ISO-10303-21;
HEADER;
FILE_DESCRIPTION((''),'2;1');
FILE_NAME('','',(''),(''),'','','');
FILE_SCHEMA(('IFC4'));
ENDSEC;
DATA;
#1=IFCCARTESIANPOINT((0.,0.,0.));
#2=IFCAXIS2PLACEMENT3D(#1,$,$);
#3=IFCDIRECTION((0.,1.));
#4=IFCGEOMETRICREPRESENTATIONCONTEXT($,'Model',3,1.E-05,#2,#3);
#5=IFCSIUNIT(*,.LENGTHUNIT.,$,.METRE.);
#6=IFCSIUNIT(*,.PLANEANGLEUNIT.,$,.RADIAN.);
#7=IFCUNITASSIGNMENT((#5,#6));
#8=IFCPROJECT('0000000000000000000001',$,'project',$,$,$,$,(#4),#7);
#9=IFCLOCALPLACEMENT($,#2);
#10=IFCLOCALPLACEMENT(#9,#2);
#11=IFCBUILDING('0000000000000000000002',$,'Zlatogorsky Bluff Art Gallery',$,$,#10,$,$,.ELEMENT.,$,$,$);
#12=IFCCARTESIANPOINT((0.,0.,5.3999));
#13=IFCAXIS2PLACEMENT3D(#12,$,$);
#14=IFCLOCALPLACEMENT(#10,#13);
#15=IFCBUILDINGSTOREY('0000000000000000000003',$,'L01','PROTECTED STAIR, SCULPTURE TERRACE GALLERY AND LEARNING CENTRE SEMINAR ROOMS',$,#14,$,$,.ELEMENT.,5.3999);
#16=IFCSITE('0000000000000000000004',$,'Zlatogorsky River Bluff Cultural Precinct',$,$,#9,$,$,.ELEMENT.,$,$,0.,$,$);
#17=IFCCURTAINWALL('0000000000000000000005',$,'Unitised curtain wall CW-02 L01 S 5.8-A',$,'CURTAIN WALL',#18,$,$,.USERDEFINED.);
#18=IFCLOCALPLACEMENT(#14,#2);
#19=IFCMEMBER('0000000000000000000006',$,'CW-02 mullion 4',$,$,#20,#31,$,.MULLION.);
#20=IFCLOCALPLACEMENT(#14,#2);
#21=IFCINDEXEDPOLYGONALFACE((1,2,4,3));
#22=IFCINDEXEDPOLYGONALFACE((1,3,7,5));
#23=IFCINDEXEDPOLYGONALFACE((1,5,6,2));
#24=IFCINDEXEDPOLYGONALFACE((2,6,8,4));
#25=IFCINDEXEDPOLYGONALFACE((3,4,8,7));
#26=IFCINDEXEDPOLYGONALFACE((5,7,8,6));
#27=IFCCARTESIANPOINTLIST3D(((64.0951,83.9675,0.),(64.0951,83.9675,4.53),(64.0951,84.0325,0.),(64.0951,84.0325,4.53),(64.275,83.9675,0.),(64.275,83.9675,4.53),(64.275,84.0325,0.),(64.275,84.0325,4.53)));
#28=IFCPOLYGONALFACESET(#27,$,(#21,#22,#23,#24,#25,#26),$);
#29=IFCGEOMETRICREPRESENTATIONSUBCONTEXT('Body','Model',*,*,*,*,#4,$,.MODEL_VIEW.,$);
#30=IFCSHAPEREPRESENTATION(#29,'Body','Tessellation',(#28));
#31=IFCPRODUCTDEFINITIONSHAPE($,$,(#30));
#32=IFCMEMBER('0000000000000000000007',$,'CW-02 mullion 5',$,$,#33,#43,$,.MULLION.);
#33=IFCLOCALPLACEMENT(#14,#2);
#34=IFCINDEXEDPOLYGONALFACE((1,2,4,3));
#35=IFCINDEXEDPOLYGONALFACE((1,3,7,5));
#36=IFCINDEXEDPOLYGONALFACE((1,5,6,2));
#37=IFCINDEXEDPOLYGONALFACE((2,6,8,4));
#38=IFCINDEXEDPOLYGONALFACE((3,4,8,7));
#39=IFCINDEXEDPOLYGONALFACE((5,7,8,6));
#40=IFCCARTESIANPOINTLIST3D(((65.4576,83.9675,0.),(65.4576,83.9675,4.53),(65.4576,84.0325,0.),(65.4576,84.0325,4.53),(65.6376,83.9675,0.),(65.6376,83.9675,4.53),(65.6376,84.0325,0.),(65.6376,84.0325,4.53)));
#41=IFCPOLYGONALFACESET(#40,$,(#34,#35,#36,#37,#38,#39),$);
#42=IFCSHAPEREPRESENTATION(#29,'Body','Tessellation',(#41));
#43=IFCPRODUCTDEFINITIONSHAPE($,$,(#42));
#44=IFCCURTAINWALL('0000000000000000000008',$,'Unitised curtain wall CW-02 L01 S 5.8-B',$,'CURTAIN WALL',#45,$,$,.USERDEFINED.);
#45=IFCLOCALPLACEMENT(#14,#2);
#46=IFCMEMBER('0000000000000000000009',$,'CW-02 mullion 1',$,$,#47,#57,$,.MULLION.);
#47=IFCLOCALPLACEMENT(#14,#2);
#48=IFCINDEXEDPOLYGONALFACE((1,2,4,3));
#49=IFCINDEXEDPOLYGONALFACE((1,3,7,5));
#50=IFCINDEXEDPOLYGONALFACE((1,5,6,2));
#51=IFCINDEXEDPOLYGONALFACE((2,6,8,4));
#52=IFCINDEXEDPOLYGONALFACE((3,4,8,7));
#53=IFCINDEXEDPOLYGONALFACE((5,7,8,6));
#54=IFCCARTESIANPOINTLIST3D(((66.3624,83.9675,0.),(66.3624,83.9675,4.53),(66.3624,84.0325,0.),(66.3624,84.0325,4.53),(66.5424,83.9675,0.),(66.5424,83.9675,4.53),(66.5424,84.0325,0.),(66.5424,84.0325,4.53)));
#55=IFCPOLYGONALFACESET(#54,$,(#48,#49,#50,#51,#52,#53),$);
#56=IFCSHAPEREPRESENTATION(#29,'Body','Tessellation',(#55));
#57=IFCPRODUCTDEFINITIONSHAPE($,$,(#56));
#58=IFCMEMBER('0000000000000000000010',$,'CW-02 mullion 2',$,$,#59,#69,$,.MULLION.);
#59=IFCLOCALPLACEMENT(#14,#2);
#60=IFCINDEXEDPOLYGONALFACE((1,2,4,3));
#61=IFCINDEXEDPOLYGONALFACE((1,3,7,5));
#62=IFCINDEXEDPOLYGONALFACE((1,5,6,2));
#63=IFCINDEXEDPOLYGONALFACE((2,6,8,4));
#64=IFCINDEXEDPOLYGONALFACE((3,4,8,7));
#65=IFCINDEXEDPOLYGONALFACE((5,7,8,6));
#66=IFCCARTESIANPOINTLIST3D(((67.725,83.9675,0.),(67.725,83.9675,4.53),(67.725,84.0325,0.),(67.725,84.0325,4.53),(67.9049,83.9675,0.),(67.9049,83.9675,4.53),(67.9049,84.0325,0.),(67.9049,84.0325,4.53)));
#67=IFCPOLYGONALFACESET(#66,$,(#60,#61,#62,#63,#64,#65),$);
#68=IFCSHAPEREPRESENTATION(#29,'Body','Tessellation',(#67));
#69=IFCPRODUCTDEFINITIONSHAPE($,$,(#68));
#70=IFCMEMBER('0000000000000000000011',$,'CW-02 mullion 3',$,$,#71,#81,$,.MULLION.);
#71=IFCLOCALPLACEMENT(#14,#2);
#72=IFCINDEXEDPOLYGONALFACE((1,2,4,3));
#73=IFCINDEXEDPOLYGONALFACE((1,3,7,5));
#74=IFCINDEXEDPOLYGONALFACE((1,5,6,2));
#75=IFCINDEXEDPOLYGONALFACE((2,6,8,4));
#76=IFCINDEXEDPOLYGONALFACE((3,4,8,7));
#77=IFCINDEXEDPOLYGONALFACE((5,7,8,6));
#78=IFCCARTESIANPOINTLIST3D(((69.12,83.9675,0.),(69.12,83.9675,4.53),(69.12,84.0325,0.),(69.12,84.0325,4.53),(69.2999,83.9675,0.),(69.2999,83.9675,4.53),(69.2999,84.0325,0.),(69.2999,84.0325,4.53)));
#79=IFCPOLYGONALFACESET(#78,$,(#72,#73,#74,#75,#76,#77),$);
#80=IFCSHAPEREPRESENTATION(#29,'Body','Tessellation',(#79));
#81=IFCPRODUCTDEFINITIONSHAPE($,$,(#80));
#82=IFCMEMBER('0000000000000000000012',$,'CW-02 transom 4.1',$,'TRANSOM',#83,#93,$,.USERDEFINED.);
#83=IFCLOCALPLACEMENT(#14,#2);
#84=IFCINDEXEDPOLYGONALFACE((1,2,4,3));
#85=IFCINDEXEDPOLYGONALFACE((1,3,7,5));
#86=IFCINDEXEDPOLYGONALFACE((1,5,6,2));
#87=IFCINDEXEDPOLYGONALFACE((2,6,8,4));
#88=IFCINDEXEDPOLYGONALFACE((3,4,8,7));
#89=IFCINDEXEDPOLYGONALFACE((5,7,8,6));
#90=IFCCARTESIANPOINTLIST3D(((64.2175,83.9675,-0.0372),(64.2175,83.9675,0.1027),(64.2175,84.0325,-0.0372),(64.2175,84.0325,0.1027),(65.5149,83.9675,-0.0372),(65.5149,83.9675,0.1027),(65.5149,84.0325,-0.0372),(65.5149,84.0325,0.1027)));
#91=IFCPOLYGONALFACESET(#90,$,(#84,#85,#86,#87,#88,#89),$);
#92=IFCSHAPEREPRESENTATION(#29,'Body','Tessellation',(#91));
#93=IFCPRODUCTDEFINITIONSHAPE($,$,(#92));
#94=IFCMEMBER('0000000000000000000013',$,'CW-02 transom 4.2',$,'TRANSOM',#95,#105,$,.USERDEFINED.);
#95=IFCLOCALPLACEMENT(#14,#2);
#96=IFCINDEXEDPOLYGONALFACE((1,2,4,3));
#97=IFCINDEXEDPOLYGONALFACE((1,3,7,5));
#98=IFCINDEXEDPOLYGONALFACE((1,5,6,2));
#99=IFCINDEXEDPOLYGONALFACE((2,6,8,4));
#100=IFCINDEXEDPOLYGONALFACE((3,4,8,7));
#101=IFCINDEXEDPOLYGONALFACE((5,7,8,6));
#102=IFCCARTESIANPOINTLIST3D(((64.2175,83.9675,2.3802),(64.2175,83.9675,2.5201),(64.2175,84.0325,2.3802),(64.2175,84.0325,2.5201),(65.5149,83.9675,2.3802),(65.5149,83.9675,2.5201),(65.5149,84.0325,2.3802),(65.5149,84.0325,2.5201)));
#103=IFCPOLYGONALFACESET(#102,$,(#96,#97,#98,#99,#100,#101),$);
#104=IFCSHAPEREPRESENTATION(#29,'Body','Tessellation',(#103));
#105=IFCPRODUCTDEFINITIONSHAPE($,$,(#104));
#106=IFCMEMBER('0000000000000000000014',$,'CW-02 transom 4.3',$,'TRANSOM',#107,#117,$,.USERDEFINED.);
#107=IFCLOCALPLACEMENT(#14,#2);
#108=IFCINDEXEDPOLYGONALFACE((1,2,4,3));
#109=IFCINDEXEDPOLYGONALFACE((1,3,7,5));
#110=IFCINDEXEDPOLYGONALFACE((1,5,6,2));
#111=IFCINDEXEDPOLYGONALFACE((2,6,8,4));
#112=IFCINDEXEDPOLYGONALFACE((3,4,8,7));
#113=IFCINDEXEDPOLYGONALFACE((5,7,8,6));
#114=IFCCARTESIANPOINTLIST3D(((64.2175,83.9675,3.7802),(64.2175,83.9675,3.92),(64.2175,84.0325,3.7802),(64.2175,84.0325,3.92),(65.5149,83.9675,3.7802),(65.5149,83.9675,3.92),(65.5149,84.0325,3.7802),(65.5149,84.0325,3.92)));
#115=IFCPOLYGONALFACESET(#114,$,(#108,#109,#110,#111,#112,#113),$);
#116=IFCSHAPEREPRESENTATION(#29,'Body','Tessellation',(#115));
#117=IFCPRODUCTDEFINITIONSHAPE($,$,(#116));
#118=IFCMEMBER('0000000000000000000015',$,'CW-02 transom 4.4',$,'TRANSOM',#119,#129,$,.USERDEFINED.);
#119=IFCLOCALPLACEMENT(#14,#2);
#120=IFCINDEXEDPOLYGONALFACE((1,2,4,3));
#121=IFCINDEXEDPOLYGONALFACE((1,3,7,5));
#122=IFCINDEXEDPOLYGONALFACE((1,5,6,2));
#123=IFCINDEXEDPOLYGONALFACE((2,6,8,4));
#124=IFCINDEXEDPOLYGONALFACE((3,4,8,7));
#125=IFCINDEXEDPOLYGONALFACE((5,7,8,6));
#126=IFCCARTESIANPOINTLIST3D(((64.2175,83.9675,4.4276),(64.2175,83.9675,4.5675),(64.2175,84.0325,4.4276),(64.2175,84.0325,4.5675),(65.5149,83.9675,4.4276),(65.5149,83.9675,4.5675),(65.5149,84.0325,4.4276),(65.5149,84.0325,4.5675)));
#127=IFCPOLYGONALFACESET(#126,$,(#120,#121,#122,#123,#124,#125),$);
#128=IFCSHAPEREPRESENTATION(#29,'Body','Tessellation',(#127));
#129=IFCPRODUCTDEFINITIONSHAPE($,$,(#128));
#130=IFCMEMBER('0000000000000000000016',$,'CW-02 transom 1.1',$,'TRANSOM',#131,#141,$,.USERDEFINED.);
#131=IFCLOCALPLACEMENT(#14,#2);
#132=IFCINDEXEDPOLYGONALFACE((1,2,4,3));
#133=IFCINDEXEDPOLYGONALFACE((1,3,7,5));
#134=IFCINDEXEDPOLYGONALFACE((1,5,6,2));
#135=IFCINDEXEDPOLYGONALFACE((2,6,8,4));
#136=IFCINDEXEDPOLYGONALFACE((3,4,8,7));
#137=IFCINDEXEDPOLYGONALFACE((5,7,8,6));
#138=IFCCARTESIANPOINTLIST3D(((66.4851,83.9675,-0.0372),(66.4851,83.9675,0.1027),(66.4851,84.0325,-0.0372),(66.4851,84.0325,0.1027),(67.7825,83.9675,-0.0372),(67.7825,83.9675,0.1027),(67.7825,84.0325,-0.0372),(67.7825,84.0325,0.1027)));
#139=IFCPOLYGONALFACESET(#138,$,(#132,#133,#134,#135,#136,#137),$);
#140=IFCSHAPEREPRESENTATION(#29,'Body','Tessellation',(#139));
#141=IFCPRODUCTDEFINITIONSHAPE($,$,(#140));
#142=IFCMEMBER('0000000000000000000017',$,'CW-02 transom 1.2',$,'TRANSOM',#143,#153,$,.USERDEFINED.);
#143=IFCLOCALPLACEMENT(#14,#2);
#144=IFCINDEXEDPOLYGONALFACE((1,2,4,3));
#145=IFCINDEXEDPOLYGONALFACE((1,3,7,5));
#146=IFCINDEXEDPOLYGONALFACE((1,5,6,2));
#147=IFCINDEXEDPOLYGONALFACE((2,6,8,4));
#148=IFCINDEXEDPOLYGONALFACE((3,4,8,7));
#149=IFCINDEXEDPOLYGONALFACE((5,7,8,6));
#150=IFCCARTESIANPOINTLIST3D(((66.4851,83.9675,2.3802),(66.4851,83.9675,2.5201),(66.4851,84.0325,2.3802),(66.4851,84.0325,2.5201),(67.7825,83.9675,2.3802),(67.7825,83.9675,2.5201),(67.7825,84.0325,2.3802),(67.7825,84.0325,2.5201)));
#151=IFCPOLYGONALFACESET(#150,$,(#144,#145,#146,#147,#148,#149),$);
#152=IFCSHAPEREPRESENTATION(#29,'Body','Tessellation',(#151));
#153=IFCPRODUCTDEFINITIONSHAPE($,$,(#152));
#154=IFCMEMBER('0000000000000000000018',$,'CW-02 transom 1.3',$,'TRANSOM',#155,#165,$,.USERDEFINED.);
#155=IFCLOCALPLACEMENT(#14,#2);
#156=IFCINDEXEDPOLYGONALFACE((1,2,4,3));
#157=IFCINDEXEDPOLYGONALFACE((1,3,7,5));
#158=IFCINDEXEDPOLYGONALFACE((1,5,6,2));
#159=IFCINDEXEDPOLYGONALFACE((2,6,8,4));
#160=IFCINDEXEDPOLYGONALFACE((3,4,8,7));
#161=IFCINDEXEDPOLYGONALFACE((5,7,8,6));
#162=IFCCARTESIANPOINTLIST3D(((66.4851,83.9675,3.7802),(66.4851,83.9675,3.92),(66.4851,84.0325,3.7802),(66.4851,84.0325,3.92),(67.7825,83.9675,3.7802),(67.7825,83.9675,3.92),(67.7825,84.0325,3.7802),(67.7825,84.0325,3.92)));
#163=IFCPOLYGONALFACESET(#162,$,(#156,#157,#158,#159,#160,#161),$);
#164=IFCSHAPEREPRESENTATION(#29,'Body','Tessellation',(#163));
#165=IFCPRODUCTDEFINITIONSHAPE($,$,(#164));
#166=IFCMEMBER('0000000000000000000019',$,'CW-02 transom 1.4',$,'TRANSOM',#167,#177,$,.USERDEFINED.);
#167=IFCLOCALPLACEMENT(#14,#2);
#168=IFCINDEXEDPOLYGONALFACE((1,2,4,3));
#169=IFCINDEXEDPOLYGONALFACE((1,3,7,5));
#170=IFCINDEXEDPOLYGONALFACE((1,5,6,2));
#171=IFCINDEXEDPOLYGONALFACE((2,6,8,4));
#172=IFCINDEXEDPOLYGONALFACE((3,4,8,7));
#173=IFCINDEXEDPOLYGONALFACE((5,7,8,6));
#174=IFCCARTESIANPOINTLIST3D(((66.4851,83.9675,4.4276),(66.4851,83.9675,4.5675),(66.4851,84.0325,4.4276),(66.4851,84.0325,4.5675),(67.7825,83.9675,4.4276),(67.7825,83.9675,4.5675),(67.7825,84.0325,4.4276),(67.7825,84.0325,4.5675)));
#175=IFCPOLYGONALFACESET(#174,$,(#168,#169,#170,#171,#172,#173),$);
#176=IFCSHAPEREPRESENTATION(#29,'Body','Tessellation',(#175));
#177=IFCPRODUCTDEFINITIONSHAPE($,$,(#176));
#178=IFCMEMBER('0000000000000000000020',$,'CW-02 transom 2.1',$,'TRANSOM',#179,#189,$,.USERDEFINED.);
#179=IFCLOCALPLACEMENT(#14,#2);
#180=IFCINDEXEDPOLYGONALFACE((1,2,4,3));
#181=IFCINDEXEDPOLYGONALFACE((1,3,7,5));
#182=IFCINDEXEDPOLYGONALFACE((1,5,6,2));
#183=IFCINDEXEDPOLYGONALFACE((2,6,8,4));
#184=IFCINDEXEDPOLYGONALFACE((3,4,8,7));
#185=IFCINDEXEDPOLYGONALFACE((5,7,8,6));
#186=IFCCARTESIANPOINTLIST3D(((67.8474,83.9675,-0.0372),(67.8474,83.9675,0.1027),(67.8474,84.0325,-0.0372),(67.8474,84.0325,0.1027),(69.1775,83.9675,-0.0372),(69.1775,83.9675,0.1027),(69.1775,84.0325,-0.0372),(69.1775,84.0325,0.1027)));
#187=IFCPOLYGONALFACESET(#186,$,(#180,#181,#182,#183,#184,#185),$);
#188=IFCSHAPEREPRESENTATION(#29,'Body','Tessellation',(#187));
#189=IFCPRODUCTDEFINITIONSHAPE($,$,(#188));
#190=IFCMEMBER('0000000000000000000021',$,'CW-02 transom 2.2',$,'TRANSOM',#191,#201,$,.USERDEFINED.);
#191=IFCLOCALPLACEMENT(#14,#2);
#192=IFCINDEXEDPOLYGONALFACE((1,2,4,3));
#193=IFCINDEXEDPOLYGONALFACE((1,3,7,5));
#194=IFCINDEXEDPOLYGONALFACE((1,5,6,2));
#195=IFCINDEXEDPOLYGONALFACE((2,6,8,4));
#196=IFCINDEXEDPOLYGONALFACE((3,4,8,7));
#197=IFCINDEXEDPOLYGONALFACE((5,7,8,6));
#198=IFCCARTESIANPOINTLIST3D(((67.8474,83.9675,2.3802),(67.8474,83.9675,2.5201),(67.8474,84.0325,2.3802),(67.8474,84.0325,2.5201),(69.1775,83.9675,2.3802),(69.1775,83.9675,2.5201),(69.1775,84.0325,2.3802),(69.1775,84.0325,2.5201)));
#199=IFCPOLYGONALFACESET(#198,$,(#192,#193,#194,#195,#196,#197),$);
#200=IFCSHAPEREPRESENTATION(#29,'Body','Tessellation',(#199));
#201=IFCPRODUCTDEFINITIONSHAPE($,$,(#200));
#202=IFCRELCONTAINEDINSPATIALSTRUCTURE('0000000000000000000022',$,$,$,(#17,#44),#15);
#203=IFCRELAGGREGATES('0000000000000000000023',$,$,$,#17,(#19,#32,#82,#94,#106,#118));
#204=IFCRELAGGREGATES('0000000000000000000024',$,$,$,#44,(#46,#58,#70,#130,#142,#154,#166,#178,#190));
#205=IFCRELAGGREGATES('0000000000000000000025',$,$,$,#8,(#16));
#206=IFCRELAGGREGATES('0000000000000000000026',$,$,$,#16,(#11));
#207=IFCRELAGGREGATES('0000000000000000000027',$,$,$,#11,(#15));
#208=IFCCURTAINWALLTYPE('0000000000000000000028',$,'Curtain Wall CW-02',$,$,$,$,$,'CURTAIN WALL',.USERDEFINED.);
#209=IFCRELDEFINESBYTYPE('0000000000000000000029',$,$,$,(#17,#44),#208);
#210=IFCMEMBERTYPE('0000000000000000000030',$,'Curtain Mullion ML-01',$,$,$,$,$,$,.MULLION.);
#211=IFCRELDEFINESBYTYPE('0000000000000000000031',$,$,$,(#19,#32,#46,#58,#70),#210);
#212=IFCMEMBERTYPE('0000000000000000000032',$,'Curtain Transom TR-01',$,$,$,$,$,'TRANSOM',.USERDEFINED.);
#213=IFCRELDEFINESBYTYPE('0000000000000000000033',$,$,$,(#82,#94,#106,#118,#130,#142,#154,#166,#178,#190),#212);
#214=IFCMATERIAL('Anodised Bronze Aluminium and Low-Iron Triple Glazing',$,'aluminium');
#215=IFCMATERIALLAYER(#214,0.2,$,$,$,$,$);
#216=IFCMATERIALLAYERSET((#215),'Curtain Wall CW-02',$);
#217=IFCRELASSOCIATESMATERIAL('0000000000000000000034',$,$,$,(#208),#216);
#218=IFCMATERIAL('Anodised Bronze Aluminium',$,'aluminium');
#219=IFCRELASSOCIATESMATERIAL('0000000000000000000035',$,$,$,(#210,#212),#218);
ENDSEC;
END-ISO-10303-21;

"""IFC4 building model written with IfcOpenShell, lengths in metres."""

from ifc_helpers import new_model, si_unit, direction, frame, origin, origin_2d, place, context, subcontext, project, spatial, rectangle, extrude, material, layer, layer_set, material_profile, profile_set, type_object, element, aggregate, save


model = new_model("IFC4")

# Units and contexts
model_context = context("Model", 3, precision=1e-05, world=origin(), true_north=direction((0.0, 1.0)))
body_context = subcontext(model_context, "Body", "Model", "MODEL_VIEW")
ifc_project = project(units=[si_unit("LENGTHUNIT", "METRE"), si_unit("PLANEANGLEUNIT", "RADIAN")], contexts=[model_context])

# Site, building, storey
site_placement = place(None, origin())
site = spatial("IfcSite", under=ifc_project, at=site_placement, Name="Zlatogorsky River Bluff Cultural Precinct", CompositionType="ELEMENT", RefElevation=0.0)
building_placement = place(site_placement, origin())
building = spatial("IfcBuilding", under=site, at=building_placement, Name="Zlatogorsky Bluff Art Gallery", CompositionType="ELEMENT")
storey_placement = place(building_placement, frame((0.0, 0.0, 5.3999)))
storey = spatial("IfcBuildingStorey", under=building, at=storey_placement, Name="L01", Description="PROTECTED STAIR, SCULPTURE TERRACE GALLERY AND LEARNING CENTRE SEMINAR ROOMS", CompositionType="ELEMENT", Elevation=5.3999)

# Curtain walls, members
ifc_material_1 = material(Name="Anodised Bronze Aluminium and Low-Iron Triple Glazing", Category="aluminium")
ifc_layer_1 = layer(ifc_material_1, 0.2)
ifc_layer_set_1 = layer_set([ifc_layer_1], Name="Curtain Wall CW-02")
curtain_wall_type = type_object("IfcCurtainWallType", Name="Curtain Wall CW-02", ElementType="CURTAIN WALL", PredefinedType="USERDEFINED", material=ifc_layer_set_1)
curtain_wall_1_placement = place(storey_placement, origin())
curtain_wall_1 = element("IfcCurtainWall", 1, at=curtain_wall_1_placement, inside=storey, type_object=curtain_wall_type, Name="Unitised curtain wall CW-02 L01 S 5.8-A", ObjectType="CURTAIN WALL", PredefinedType="USERDEFINED")
ifc_material_2 = material(Name="Anodised Bronze Aluminium", Category="aluminium")
ifc_material_profile_1 = material_profile(ifc_material_2, rectangle(XDim=0.0649, YDim=0.1799, at=origin_2d()), Name="ALU MULLION 65x180")
ifc_profile_set_1 = profile_set([ifc_material_profile_1], Name="Anodised Bronze Aluminium")
member_type_1 = type_object("IfcMemberType", Name="Curtain Mullion ML-01", PredefinedType="MULLION", material=ifc_profile_set_1)
member_1_placement = place(storey_placement, frame((64.1851, 84.0, 0.0), z_axis=(0.0, 0.0, 1.0), x_axis=(0.0, 1.0, 0.0)))
member_1 = element("IfcMember", 2, at=member_1_placement, type_object=member_type_1, Name="CW-02 mullion 4", PredefinedType="MULLION", context=body_context, shape_type="SweptSolid", body=[
    extrude(rectangle(XDim=0.0649, YDim=0.1799, at=origin_2d()), origin(), (0.0, 0.0, 1.0), 4.53),
])
member_2_placement = place(storey_placement, frame((65.5476, 84.0, 0.0), z_axis=(0.0, 0.0, 1.0), x_axis=(0.0, 1.0, 0.0)))
member_2 = element("IfcMember", 3, at=member_2_placement, type_object=member_type_1, Name="CW-02 mullion 5", PredefinedType="MULLION", context=body_context, shape_type="SweptSolid", body=[
    extrude(rectangle(XDim=0.0649, YDim=0.1799, at=origin_2d()), origin(), (0.0, 0.0, 1.0), 4.53),
])
curtain_wall_2_placement = place(storey_placement, origin())
curtain_wall_2 = element("IfcCurtainWall", 4, at=curtain_wall_2_placement, inside=storey, type_object=curtain_wall_type, Name="Unitised curtain wall CW-02 L01 S 5.8-B", ObjectType="CURTAIN WALL", PredefinedType="USERDEFINED")
member_3_placement = place(storey_placement, frame((66.4524, 84.0, 0.0), z_axis=(0.0, 0.0, 1.0), x_axis=(0.0, 1.0, 0.0)))
member_3 = element("IfcMember", 5, at=member_3_placement, type_object=member_type_1, Name="CW-02 mullion 1", PredefinedType="MULLION", context=body_context, shape_type="SweptSolid", body=[
    extrude(rectangle(XDim=0.0649, YDim=0.1799, at=origin_2d()), origin(), (0.0, 0.0, 1.0), 4.53),
])
member_4_placement = place(storey_placement, frame((67.8149, 84.0, 0.0), z_axis=(0.0, 0.0, 1.0), x_axis=(0.0, 1.0, 0.0)))
member_4 = element("IfcMember", 6, at=member_4_placement, type_object=member_type_1, Name="CW-02 mullion 2", PredefinedType="MULLION", context=body_context, shape_type="SweptSolid", body=[
    extrude(rectangle(XDim=0.0649, YDim=0.1799, at=origin_2d()), origin(), (0.0, 0.0, 1.0), 4.53),
])
member_5_placement = place(storey_placement, frame((69.21, 84.0, 0.0), z_axis=(0.0, 0.0, 1.0), x_axis=(0.0, 1.0, 0.0)))
member_5 = element("IfcMember", 7, at=member_5_placement, type_object=member_type_1, Name="CW-02 mullion 3", PredefinedType="MULLION", context=body_context, shape_type="SweptSolid", body=[
    extrude(rectangle(XDim=0.0649, YDim=0.1799, at=origin_2d()), origin(), (0.0, 0.0, 1.0), 4.53),
])

# Members
ifc_material_profile_2 = material_profile(ifc_material_2, rectangle(XDim=0.0649, YDim=0.1399, at=origin_2d()), Name="ALU TRANSOM 65x140")
ifc_profile_set_2 = profile_set([ifc_material_profile_2], Name="Anodised Bronze Aluminium")
member_type_2 = type_object("IfcMemberType", Name="Curtain Transom TR-01", ElementType="TRANSOM", PredefinedType="USERDEFINED", material=ifc_profile_set_2)
member_6_placement = place(storey_placement, frame((64.2175, 84.0, 0.0327), z_axis=(1.0, 0.0, 0.0), x_axis=(0.0, 1.0, 0.0)))
member_6 = element("IfcMember", 8, at=member_6_placement, type_object=member_type_2, Name="CW-02 transom 4.1", ObjectType="TRANSOM", PredefinedType="USERDEFINED", context=body_context, shape_type="SweptSolid", body=[
    extrude(rectangle(XDim=0.0649, YDim=0.1399, at=origin_2d()), origin(), (0.0, 0.0, 1.0), 1.2974),
])
member_7_placement = place(storey_placement, frame((64.2175, 84.0, 2.4502), z_axis=(1.0, 0.0, 0.0), x_axis=(0.0, 1.0, 0.0)))
member_7 = element("IfcMember", 9, at=member_7_placement, type_object=member_type_2, Name="CW-02 transom 4.2", ObjectType="TRANSOM", PredefinedType="USERDEFINED", context=body_context, shape_type="SweptSolid", body=[
    extrude(rectangle(XDim=0.0649, YDim=0.1399, at=origin_2d()), origin(), (0.0, 0.0, 1.0), 1.2974),
])
member_8_placement = place(storey_placement, frame((64.2175, 84.0, 3.8501), z_axis=(1.0, 0.0, 0.0), x_axis=(0.0, 1.0, 0.0)))
member_8 = element("IfcMember", 10, at=member_8_placement, type_object=member_type_2, Name="CW-02 transom 4.3", ObjectType="TRANSOM", PredefinedType="USERDEFINED", context=body_context, shape_type="SweptSolid", body=[
    extrude(rectangle(XDim=0.0649, YDim=0.1399, at=origin_2d()), origin(), (0.0, 0.0, 1.0), 1.2974),
])
member_9_placement = place(storey_placement, frame((64.2175, 84.0, 4.4976), z_axis=(1.0, 0.0, 0.0), x_axis=(0.0, 1.0, 0.0)))
member_9 = element("IfcMember", 11, at=member_9_placement, type_object=member_type_2, Name="CW-02 transom 4.4", ObjectType="TRANSOM", PredefinedType="USERDEFINED", context=body_context, shape_type="SweptSolid", body=[
    extrude(rectangle(XDim=0.0649, YDim=0.1399, at=origin_2d()), origin(), (0.0, 0.0, 1.0), 1.2974),
])
member_10_placement = place(storey_placement, frame((66.4851, 84.0, 0.0327), z_axis=(1.0, 0.0, 0.0), x_axis=(0.0, 1.0, 0.0)))
member_10 = element("IfcMember", 12, at=member_10_placement, type_object=member_type_2, Name="CW-02 transom 1.1", ObjectType="TRANSOM", PredefinedType="USERDEFINED", context=body_context, shape_type="SweptSolid", body=[
    extrude(rectangle(XDim=0.0649, YDim=0.1399, at=origin_2d()), origin(), (0.0, 0.0, 1.0), 1.2974),
])
member_11_placement = place(storey_placement, frame((66.4851, 84.0, 2.4502), z_axis=(1.0, 0.0, 0.0), x_axis=(0.0, 1.0, 0.0)))
member_11 = element("IfcMember", 13, at=member_11_placement, type_object=member_type_2, Name="CW-02 transom 1.2", ObjectType="TRANSOM", PredefinedType="USERDEFINED", context=body_context, shape_type="SweptSolid", body=[
    extrude(rectangle(XDim=0.0649, YDim=0.1399, at=origin_2d()), origin(), (0.0, 0.0, 1.0), 1.2974),
])
member_12_placement = place(storey_placement, frame((66.4851, 84.0, 3.8501), z_axis=(1.0, 0.0, 0.0), x_axis=(0.0, 1.0, 0.0)))
member_12 = element("IfcMember", 14, at=member_12_placement, type_object=member_type_2, Name="CW-02 transom 1.3", ObjectType="TRANSOM", PredefinedType="USERDEFINED", context=body_context, shape_type="SweptSolid", body=[
    extrude(rectangle(XDim=0.0649, YDim=0.1399, at=origin_2d()), origin(), (0.0, 0.0, 1.0), 1.2974),
])
member_13_placement = place(storey_placement, frame((66.4851, 84.0, 4.4976), z_axis=(1.0, 0.0, 0.0), x_axis=(0.0, 1.0, 0.0)))
member_13 = element("IfcMember", 15, at=member_13_placement, type_object=member_type_2, Name="CW-02 transom 1.4", ObjectType="TRANSOM", PredefinedType="USERDEFINED", context=body_context, shape_type="SweptSolid", body=[
    extrude(rectangle(XDim=0.0649, YDim=0.1399, at=origin_2d()), origin(), (0.0, 0.0, 1.0), 1.2974),
])
member_14_placement = place(storey_placement, frame((67.8474, 84.0, 0.0327), z_axis=(1.0, 0.0, 0.0), x_axis=(0.0, 1.0, 0.0)))
member_14 = element("IfcMember", 16, at=member_14_placement, type_object=member_type_2, Name="CW-02 transom 2.1", ObjectType="TRANSOM", PredefinedType="USERDEFINED", context=body_context, shape_type="SweptSolid", body=[
    extrude(rectangle(XDim=0.0649, YDim=0.1399, at=origin_2d()), origin(), (0.0, 0.0, 1.0), 1.3301),
])
member_15_placement = place(storey_placement, frame((67.8474, 84.0, 2.4502), z_axis=(1.0, 0.0, 0.0), x_axis=(0.0, 1.0, 0.0)))
member_15 = element("IfcMember", 17, at=member_15_placement, type_object=member_type_2, Name="CW-02 transom 2.2", ObjectType="TRANSOM", PredefinedType="USERDEFINED", context=body_context, shape_type="SweptSolid", body=[
    extrude(rectangle(XDim=0.0649, YDim=0.1399, at=origin_2d()), origin(), (0.0, 0.0, 1.0), 1.3301),
])

aggregate(curtain_wall_1, [member_1, member_2, member_6, member_7, member_8, member_9])
aggregate(curtain_wall_2, [member_3, member_4, member_5, member_10, member_11, member_12, member_13, member_14, member_15])

save(model, "model.ifc")
